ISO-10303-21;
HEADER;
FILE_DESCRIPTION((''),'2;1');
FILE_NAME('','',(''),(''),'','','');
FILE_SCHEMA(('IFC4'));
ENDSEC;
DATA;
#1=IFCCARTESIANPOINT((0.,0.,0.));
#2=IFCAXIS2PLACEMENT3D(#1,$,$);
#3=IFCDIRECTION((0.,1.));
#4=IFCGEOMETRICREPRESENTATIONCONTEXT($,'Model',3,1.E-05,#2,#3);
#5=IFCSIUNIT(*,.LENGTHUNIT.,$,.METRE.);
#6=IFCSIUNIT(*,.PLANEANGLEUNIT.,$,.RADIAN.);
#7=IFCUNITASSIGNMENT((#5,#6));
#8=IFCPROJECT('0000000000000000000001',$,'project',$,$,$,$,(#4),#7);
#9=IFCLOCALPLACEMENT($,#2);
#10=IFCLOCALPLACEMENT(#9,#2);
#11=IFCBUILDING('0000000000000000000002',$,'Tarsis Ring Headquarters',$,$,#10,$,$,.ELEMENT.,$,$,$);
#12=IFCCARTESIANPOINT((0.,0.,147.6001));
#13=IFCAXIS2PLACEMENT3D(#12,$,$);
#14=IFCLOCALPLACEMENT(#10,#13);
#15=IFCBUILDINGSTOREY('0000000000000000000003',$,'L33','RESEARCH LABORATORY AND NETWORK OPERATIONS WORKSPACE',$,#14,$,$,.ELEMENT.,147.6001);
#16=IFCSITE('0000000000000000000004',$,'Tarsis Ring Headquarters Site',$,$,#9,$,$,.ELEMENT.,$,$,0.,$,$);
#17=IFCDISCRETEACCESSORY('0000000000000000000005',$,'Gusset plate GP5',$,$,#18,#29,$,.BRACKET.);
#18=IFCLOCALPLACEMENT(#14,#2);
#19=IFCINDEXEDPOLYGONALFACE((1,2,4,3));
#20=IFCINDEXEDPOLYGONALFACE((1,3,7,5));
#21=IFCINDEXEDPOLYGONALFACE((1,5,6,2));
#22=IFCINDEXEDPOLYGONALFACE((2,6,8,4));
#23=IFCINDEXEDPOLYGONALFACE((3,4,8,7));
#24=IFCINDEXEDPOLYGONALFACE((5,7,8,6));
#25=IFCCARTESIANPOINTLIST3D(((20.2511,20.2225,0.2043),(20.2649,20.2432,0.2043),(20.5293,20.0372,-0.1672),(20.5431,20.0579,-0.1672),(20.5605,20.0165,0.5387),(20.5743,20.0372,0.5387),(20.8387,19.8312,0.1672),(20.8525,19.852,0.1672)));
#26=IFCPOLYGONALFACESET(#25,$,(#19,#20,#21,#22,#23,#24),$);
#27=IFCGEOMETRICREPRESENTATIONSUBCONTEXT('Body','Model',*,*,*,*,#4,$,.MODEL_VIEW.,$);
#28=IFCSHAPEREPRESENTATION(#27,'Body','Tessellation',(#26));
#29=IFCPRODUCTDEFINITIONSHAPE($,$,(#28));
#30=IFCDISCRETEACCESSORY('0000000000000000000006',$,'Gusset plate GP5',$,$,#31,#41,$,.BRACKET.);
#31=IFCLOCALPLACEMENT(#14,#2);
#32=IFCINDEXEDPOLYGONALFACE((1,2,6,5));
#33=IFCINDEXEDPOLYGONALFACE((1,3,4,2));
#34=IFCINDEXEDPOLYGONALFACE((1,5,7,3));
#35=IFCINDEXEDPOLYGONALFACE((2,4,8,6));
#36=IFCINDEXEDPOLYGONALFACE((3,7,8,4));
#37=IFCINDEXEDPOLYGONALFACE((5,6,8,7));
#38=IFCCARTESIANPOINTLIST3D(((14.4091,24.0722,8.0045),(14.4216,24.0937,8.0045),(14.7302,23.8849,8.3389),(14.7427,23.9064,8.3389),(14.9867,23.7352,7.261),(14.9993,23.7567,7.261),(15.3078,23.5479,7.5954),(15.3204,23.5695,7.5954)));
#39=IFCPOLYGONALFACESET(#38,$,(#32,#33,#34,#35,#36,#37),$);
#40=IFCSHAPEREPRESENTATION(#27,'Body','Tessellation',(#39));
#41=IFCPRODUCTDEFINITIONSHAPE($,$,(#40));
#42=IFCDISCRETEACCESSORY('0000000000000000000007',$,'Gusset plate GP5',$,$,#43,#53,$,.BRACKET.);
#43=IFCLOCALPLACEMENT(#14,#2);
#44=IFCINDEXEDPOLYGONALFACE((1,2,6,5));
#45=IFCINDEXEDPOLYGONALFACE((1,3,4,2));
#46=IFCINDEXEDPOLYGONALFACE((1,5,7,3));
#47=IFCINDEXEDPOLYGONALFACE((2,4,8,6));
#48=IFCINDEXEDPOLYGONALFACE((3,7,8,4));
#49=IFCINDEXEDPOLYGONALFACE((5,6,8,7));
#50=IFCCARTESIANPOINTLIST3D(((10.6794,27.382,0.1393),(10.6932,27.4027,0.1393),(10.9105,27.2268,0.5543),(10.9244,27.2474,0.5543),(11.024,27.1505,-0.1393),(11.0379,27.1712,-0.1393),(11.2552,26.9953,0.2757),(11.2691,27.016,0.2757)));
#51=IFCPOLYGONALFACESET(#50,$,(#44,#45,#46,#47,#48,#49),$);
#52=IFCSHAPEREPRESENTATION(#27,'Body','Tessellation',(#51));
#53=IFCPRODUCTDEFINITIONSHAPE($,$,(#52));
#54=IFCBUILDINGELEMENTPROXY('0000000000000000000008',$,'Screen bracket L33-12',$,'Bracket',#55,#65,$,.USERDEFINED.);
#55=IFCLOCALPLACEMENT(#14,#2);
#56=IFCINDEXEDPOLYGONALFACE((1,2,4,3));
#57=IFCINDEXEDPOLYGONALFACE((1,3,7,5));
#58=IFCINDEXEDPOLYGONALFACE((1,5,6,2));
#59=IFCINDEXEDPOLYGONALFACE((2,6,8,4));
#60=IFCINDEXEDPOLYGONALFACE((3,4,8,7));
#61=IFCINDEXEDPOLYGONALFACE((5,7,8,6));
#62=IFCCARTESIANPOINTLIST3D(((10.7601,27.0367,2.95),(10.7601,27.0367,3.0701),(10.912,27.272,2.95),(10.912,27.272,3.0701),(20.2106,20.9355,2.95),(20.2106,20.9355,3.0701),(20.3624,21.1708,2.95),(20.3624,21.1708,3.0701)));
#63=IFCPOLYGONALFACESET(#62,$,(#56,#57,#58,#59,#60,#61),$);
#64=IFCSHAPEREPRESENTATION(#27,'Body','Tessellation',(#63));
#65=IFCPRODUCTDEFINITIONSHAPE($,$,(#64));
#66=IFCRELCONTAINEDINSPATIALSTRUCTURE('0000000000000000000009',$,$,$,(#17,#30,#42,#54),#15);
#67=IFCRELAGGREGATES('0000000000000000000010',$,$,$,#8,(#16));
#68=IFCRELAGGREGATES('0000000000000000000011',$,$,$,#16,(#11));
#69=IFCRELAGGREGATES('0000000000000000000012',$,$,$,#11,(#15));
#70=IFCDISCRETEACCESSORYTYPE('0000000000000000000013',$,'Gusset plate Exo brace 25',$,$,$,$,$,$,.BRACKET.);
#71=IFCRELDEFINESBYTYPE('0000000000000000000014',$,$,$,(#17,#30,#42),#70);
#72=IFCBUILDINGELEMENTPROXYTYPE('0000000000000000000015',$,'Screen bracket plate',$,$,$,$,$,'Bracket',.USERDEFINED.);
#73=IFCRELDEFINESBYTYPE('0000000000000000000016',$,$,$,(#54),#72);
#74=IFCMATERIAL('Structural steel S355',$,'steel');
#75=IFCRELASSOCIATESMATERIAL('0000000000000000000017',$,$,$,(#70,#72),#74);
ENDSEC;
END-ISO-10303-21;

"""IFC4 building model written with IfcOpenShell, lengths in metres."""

from ifc_helpers import new_model, si_unit, direction, frame, origin, origin_2d, place, context, subcontext, project, spatial, rectangle, extrude, material, material_profile, profile_set, type_object, element, save


model = new_model("IFC4")

# Units and contexts
model_context = context("Model", 3, precision=1e-05, world=origin(), true_north=direction((0.0, 1.0)))
body_context = subcontext(model_context, "Body", "Model", "MODEL_VIEW")
ifc_project = project(units=[si_unit("LENGTHUNIT", "METRE"), si_unit("PLANEANGLEUNIT", "RADIAN")], contexts=[model_context])

# Site, building, storey
site_placement = place(None, origin())
site = spatial("IfcSite", under=ifc_project, at=site_placement, Name="Tarsis Ring Headquarters Site", CompositionType="ELEMENT", RefElevation=0.0)
building_placement = place(site_placement, origin())
building = spatial("IfcBuilding", under=site, at=building_placement, Name="Tarsis Ring Headquarters", CompositionType="ELEMENT")
storey_placement = place(building_placement, frame((0.0, 0.0, 147.6001)))
storey = spatial("IfcBuildingStorey", under=building, at=storey_placement, Name="L33", Description="RESEARCH LABORATORY AND NETWORK OPERATIONS WORKSPACE", CompositionType="ELEMENT", Elevation=147.6001)

# Shared definitions
ifc_material_1 = material(Name="Structural steel S355", Category="steel")

# Discrete accessories
ifc_material_profile_1 = material_profile(ifc_material_1, rectangle(XDim=0.0249, YDim=0.5, at=origin_2d()), Name="PL 25x500")
ifc_profile_set_1 = profile_set([ifc_material_profile_1], Name="Structural steel S355")
discrete_accessory_type = type_object("IfcDiscreteAccessoryType", Name="Gusset plate Exo brace 25", PredefinedType="BRACKET", material=ifc_profile_set_1)
discrete_accessory_1_placement = place(storey_placement, frame((20.6909, 19.9446, 0.0), z_axis=(-0.556783, 0.3707, 0.743354), x_axis=(-0.554195, -0.832387, 0.0)))
element("IfcDiscreteAccessory", 1, at=discrete_accessory_1_placement, inside=storey, type_object=discrete_accessory_type, Name="Gusset plate GP5", PredefinedType="BRACKET", context=body_context, shape_type="SweptSolid", body=[
    extrude(rectangle(XDim=0.0249, YDim=0.5, at=origin_2d()), origin(), (0.0, 0.0, 1.0), 0.4998),
])
discrete_accessory_2_placement = place(storey_placement, frame((15.1536, 23.6523, 7.4282), z_axis=(-0.577686, 0.336943, 0.743471), x_axis=(-0.503826, -0.863805, 0.0)))
element("IfcDiscreteAccessory", 2, at=discrete_accessory_2_placement, inside=storey, type_object=discrete_accessory_type, Name="Gusset plate GP5", PredefinedType="BRACKET", context=body_context, shape_type="SweptSolid", body=[
    extrude(rectangle(XDim=0.0249, YDim=0.5, at=origin_2d()), origin(), (0.0, 0.0, 1.0), 1.0),
])
discrete_accessory_3_placement = place(storey_placement, frame((10.8586, 27.2766, 0.0), z_axis=(0.462568, -0.310658, 0.830375), x_axis=(0.557529, 0.830157, 0.0)))
element("IfcDiscreteAccessory", 3, at=discrete_accessory_3_placement, inside=storey, type_object=discrete_accessory_type, Name="Gusset plate GP5", PredefinedType="BRACKET", context=body_context, shape_type="SweptSolid", body=[
    extrude(rectangle(XDim=0.0249, YDim=0.5, at=origin_2d()), origin(), (0.0, 0.0, 1.0), 0.4998),
])

# Building element proxy
building_element_proxy_type = type_object("IfcBuildingElementProxyType", Name="Screen bracket plate", ElementType="Bracket", PredefinedType="USERDEFINED", material=ifc_material_1)
proxy_placement = place(storey_placement, frame((15.5613, 24.1038, 2.95), z_axis=(0.0, 0.0, 1.0), x_axis=(-0.840129, 0.542387, 0.0)))
element("IfcBuildingElementProxy", 4, at=proxy_placement, inside=storey, type_object=building_element_proxy_type, Name="Screen bracket L33-12", ObjectType="Bracket", PredefinedType="USERDEFINED", context=body_context, shape_type="SweptSolid", body=[
    extrude(rectangle(XDim=11.2488, YDim=0.28, at=origin_2d()), origin(), (0.0, 0.0, 1.0), 0.1201),
])

save(model, "model.ifc")
